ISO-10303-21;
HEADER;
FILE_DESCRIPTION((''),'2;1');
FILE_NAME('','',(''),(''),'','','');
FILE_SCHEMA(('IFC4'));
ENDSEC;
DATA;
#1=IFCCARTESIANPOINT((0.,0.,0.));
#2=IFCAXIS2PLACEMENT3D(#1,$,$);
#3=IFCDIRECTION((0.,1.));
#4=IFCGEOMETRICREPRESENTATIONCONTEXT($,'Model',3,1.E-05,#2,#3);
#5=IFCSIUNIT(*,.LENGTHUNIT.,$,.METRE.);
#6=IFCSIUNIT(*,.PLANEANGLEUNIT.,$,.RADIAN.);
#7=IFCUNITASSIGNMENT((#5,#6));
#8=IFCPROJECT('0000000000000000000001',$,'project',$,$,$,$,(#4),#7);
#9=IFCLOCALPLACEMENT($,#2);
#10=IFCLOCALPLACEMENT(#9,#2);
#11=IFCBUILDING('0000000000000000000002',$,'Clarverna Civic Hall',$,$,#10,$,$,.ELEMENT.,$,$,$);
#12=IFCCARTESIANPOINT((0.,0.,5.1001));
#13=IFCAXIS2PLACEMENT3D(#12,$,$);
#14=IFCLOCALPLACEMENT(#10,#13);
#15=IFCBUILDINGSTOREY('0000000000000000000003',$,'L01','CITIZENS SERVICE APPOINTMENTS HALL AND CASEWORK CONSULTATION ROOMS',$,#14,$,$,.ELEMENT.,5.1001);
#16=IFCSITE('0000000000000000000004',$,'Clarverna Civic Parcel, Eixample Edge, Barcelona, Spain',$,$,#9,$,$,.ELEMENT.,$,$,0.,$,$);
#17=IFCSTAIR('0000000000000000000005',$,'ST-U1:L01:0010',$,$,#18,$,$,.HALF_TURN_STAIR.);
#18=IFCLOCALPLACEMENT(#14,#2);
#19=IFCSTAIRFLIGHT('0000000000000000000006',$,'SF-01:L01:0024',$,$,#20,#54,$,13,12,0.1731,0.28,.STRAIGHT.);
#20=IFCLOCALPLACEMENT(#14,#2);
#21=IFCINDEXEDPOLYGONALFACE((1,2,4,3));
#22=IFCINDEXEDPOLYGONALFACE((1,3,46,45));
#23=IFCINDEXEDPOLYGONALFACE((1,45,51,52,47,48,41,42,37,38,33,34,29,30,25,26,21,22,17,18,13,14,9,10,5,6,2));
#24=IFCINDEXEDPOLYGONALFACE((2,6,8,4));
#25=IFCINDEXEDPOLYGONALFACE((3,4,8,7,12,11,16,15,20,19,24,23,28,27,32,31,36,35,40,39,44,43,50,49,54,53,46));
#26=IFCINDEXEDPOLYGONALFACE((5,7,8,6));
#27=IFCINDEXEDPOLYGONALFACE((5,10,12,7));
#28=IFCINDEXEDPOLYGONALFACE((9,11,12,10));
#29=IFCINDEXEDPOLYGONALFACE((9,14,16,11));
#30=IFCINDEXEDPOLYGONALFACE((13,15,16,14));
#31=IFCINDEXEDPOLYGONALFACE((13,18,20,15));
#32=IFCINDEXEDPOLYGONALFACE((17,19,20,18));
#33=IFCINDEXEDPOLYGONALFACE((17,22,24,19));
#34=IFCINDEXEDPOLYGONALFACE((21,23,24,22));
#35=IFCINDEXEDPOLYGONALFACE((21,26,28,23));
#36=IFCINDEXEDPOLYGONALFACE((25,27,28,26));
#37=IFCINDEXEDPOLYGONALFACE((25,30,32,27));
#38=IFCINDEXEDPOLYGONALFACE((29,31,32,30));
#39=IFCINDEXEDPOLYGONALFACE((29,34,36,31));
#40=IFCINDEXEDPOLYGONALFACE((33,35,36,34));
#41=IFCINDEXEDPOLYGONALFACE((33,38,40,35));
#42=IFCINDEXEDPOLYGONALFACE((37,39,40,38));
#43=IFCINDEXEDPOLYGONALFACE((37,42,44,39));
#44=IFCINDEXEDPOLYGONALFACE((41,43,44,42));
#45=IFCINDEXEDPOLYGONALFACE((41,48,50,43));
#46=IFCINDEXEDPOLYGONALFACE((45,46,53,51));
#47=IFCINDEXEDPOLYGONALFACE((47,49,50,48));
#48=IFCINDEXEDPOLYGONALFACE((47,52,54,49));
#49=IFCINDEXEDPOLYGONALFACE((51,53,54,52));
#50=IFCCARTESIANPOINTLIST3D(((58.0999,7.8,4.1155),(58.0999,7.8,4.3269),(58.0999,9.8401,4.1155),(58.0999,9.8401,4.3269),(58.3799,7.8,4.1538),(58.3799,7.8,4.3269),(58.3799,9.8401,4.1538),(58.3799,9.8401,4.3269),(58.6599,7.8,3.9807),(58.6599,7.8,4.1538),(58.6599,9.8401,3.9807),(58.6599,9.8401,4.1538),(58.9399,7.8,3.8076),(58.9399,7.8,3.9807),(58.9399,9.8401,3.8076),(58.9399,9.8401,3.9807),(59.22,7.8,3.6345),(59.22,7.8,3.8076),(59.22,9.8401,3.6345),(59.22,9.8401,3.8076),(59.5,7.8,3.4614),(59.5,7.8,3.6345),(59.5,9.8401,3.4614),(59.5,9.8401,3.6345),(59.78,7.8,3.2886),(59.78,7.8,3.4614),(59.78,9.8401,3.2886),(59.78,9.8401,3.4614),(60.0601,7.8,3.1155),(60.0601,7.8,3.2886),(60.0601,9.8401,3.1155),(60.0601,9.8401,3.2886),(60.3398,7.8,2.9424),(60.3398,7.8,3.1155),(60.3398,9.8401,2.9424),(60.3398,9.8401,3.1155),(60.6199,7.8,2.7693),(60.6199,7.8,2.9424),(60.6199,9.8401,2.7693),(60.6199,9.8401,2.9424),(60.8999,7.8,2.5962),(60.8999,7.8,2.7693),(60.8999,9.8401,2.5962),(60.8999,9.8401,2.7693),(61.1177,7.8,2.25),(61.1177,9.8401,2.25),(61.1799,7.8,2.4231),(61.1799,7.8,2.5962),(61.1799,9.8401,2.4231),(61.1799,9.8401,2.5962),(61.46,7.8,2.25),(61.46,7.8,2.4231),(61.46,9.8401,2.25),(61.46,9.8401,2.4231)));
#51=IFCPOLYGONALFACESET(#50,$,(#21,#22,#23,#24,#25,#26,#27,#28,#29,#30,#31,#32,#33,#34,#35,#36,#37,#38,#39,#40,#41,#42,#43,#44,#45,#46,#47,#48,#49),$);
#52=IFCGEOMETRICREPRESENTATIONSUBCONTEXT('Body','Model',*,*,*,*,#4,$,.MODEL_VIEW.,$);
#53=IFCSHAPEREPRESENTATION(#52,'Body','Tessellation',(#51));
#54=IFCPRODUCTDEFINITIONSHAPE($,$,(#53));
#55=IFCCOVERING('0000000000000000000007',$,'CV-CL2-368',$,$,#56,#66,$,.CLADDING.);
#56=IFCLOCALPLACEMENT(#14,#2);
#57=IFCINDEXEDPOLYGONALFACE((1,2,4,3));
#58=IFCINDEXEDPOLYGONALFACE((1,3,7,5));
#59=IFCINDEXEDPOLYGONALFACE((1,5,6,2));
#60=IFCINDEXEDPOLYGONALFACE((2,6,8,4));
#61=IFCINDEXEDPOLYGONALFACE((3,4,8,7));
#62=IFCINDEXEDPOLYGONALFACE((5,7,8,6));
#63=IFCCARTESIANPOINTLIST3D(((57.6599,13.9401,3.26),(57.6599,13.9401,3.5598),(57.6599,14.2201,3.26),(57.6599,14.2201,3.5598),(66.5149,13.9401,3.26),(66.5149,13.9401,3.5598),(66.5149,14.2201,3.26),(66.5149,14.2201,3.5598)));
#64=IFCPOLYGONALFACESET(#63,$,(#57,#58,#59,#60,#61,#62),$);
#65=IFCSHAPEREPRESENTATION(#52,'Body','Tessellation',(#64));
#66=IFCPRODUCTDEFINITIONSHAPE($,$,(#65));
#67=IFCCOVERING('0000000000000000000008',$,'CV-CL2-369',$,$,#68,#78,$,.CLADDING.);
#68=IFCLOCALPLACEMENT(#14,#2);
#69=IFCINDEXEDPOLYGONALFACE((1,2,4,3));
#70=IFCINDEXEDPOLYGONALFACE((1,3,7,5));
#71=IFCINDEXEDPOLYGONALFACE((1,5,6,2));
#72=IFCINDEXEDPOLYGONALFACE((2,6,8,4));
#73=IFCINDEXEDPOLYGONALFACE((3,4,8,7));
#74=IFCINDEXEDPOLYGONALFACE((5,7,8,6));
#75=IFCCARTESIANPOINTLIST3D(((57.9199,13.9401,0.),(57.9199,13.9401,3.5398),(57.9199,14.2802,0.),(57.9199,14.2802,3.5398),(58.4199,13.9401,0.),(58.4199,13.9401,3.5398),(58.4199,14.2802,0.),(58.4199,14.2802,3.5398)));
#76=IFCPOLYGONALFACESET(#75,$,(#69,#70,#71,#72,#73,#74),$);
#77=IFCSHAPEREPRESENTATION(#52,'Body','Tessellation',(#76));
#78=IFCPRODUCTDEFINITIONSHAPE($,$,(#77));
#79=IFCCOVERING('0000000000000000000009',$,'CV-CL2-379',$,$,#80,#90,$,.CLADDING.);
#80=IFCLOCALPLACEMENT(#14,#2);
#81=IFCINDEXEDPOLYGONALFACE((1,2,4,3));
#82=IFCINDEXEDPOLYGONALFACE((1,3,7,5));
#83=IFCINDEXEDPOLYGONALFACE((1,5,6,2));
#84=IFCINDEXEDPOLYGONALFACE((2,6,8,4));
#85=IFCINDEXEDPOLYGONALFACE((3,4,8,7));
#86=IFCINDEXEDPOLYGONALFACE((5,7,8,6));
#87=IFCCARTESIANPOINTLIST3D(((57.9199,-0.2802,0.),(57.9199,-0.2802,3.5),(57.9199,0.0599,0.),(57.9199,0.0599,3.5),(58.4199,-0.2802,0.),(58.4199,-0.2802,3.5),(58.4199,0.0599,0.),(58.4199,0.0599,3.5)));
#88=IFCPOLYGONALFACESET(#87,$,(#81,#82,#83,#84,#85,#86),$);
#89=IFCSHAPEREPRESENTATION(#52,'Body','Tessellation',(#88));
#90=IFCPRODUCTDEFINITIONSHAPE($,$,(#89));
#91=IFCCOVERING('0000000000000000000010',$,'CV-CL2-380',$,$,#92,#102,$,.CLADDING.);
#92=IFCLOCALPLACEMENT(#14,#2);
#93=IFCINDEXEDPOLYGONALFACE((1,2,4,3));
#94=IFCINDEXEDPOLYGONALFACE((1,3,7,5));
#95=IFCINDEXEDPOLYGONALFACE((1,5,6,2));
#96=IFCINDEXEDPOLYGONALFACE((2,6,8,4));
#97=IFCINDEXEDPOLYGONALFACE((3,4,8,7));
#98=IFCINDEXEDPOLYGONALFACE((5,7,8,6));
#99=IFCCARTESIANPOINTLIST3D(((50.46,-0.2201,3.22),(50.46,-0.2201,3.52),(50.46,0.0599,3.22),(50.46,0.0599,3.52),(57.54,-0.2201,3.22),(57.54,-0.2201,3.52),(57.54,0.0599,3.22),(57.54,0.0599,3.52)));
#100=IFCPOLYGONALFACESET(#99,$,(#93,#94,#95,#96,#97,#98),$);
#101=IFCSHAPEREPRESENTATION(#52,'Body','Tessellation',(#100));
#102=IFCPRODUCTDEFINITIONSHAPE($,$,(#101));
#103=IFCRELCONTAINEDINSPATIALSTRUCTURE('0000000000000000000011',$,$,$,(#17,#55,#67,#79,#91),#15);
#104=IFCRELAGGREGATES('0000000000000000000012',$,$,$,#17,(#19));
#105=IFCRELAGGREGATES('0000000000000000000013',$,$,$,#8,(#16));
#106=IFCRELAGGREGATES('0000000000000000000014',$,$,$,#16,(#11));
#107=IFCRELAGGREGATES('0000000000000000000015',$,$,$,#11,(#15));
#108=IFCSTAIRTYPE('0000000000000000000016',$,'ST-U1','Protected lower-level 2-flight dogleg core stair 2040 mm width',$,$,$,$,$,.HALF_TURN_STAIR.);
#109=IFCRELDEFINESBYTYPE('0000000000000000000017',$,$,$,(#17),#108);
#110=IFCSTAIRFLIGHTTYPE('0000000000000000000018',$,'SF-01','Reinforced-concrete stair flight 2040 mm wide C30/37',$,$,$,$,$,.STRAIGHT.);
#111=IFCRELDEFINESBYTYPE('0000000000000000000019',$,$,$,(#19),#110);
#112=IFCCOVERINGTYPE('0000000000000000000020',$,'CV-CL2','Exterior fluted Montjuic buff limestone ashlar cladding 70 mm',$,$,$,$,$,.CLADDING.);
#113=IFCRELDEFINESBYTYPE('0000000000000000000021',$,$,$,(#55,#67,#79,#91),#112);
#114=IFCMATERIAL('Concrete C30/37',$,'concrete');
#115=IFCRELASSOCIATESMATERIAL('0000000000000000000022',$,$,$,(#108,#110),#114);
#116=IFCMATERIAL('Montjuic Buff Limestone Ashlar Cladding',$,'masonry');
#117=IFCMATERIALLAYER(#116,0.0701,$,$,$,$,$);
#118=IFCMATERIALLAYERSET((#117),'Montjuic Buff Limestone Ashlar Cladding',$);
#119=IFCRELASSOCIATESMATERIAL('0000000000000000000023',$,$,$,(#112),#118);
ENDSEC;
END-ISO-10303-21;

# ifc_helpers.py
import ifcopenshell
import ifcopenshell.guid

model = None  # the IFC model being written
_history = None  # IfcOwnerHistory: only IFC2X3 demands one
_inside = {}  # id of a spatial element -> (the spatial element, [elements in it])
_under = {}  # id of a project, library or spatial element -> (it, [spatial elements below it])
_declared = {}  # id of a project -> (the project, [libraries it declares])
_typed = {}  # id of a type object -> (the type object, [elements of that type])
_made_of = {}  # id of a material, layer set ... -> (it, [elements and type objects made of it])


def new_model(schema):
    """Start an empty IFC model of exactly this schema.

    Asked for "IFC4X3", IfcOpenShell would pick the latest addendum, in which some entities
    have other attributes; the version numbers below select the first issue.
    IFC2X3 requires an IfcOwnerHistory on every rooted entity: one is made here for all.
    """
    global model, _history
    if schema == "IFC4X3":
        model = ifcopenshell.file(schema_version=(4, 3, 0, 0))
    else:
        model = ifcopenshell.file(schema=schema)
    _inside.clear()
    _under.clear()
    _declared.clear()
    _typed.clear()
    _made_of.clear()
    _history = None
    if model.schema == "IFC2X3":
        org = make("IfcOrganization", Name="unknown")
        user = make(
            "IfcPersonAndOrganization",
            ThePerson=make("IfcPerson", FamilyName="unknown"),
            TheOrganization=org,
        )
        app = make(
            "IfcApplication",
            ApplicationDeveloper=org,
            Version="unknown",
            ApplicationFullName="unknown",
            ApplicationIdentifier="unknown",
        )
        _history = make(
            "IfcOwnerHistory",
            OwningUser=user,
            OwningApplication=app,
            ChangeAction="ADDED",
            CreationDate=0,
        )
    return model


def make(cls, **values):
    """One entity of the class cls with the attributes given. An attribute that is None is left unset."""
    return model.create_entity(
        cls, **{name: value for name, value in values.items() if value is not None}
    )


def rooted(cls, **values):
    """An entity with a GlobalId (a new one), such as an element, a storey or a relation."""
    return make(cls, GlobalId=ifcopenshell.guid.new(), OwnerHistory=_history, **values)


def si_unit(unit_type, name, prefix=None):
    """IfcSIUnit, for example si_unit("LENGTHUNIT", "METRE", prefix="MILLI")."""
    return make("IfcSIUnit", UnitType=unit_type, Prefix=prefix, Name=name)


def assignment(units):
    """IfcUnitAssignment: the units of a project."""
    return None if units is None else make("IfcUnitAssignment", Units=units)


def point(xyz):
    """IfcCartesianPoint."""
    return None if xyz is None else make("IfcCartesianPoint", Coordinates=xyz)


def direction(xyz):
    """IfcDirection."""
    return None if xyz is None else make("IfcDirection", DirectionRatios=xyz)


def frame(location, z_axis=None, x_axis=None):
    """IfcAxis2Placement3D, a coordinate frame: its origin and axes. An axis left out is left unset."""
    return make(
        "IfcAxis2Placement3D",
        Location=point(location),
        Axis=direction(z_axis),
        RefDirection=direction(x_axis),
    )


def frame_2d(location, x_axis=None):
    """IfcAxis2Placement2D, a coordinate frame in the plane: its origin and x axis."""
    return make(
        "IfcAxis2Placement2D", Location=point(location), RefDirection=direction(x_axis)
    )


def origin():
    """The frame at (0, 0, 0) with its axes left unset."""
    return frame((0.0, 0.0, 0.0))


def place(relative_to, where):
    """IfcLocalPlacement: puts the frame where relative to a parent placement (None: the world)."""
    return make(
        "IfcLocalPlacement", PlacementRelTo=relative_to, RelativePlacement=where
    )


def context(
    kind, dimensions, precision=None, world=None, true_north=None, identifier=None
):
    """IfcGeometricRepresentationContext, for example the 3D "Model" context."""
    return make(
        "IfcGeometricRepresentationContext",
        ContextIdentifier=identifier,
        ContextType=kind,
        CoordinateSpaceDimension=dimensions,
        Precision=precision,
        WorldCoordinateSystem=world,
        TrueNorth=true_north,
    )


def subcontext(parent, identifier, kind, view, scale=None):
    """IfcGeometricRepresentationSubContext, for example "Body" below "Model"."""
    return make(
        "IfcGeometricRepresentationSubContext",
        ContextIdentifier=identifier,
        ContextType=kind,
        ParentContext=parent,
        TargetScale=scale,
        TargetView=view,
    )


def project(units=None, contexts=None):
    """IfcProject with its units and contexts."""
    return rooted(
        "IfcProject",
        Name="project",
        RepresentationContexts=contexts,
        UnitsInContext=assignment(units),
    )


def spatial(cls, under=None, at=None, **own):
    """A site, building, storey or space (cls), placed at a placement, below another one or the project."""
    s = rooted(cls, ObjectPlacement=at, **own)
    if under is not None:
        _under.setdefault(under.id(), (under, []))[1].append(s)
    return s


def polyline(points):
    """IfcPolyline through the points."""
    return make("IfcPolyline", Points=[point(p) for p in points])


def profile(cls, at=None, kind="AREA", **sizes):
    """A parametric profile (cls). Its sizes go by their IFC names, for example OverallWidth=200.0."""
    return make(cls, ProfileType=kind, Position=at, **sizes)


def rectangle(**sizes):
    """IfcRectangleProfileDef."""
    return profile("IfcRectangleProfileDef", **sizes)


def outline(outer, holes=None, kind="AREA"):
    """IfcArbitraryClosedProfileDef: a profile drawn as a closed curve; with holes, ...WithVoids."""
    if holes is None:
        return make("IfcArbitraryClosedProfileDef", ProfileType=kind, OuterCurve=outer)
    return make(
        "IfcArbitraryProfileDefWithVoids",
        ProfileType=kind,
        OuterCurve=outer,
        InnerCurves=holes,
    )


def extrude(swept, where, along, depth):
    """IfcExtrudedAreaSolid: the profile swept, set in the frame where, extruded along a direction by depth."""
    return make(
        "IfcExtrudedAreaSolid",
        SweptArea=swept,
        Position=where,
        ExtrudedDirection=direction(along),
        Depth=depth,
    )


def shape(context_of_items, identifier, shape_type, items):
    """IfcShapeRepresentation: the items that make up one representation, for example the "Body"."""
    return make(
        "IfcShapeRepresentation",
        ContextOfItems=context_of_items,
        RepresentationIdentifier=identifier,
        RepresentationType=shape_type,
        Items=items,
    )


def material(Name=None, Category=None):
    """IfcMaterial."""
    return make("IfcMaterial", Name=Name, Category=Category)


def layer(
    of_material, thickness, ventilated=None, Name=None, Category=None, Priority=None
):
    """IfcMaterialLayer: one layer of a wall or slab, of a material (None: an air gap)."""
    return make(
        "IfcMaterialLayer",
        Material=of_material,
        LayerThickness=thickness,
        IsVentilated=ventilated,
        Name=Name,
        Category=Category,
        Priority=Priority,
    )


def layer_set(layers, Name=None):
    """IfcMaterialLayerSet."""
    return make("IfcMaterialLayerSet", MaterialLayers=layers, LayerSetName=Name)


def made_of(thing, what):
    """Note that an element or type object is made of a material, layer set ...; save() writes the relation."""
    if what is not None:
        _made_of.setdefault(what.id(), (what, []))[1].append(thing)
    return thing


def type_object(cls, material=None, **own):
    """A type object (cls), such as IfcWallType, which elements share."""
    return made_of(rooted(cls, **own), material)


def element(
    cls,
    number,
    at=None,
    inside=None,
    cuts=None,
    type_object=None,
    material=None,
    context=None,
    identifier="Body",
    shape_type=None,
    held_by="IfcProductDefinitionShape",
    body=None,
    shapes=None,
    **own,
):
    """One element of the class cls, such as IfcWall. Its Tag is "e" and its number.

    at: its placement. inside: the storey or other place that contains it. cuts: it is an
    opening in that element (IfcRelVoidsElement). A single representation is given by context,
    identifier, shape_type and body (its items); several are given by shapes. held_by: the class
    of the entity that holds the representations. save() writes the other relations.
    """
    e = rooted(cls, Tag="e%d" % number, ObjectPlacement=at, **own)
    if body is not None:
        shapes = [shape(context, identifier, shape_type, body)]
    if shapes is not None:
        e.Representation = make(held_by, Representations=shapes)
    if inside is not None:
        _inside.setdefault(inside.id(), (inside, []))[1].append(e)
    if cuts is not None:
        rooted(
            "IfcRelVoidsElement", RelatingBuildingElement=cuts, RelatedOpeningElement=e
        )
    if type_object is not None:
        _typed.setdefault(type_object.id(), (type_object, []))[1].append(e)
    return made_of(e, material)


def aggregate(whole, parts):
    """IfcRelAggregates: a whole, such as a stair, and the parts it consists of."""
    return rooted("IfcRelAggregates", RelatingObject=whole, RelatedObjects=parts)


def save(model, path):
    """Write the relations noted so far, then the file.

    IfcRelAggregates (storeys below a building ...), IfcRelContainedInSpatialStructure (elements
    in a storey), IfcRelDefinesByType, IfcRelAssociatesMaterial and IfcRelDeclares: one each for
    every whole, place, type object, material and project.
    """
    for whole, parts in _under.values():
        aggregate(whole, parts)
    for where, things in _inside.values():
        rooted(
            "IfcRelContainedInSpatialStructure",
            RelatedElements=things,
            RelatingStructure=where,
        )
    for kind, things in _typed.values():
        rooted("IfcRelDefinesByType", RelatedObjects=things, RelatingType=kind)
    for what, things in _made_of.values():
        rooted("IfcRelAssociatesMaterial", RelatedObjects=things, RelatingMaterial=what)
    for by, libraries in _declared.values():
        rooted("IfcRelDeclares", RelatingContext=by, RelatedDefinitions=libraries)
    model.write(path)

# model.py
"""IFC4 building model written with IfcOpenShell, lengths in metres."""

from ifc_helpers import new_model, si_unit, direction, frame, frame_2d, origin, place, context, subcontext, project, spatial, polyline, rectangle, outline, extrude, material, layer, layer_set, type_object, element, aggregate, save


model = new_model("IFC4")

# Units and contexts
model_context = context("Model", 3, precision=1e-05, world=origin(), true_north=direction((0.0, 1.0)))
body_context = subcontext(model_context, "Body", "Model", "MODEL_VIEW")
ifc_project = project(units=[si_unit("LENGTHUNIT", "METRE"), si_unit("PLANEANGLEUNIT", "RADIAN")], contexts=[model_context])

# Site, building, storey
site_placement = place(None, origin())
site = spatial("IfcSite", under=ifc_project, at=site_placement, Name="Clarverna Civic Parcel, Eixample Edge, Barcelona, Spain", CompositionType="ELEMENT", RefElevation=0.0)
building_placement = place(site_placement, origin())
building = spatial("IfcBuilding", under=site, at=building_placement, Name="Clarverna Civic Hall", CompositionType="ELEMENT")
storey_placement = place(building_placement, frame((0.0, 0.0, 5.1001)))
storey = spatial("IfcBuildingStorey", under=building, at=storey_placement, Name="L01", Description="CITIZENS SERVICE APPOINTMENTS HALL AND CASEWORK CONSULTATION ROOMS", CompositionType="ELEMENT", Elevation=5.1001)

# Stair, stair flight
ifc_material_1 = material(Name="Concrete C30/37", Category="concrete")
stair_type = type_object("IfcStairType", Name="ST-U1", Description="Protected lower-level 2-flight dogleg core stair 2040 mm width", PredefinedType="HALF_TURN_STAIR", material=ifc_material_1)
stair_placement = place(storey_placement, origin())
stair = element("IfcStair", 1, at=stair_placement, inside=storey, type_object=stair_type, Name="ST-U1:L01:0010", PredefinedType="HALF_TURN_STAIR")
stair_flight_type = type_object("IfcStairFlightType", Name="SF-01", Description="Reinforced-concrete stair flight 2040 mm wide C30/37", PredefinedType="STRAIGHT", material=ifc_material_1)
stair_flight_1_placement = place(storey_placement, frame((61.46, 8.8201, 2.25), z_axis=(0.0, 0.0, 1.0), x_axis=(-1.0, 0.0, 0.0)))
stair_flight_1 = element("IfcStairFlight", 2, at=stair_flight_1_placement, type_object=stair_flight_type, Name="SF-01:L01:0024", NumberOfRisers=13, NumberOfTreads=12, PredefinedType="STRAIGHT", RiserHeight=0.1731, TreadLength=0.28, context=body_context, shape_type="SweptSolid", body=[
    extrude(outline(polyline([(0.0, 0.0), (0.0, 0.1731), (0.28, 0.1731), (0.28, 0.3462), (0.5601, 0.3462), (0.5601, 0.5193), (0.8401, 0.5193), (0.8401, 0.6924), (1.1201, 0.6924), (1.1201, 0.8655), (1.3999, 0.8655), (1.3999, 1.0386), (1.6799, 1.0386), (1.6799, 1.2114), (1.96, 1.2114), (1.96, 1.3845), (2.24, 1.3845), (2.24, 1.5576), (2.52, 1.5576), (2.52, 1.7307), (2.8, 1.7307), (2.8, 1.9038), (3.0801, 1.9038), (3.0801, 2.0769), (3.3601, 2.0769), (3.3601, 2.25), (3.3601, 1.8655), (0.3423, 0.0), (0.0, 0.0)])), frame((0.0, 1.02, 0.0), z_axis=(0.0, -1.0, 0.0), x_axis=(1.0, 0.0, 0.0)), (0.0, 0.0, 1.0), 2.04),
])
aggregate(stair, [stair_flight_1])

# Coverings
ifc_material_2 = material(Name="Montjuic Buff Limestone Ashlar Cladding", Category="masonry")
ifc_layer_1 = layer(ifc_material_2, 0.0701)
ifc_layer_set_1 = layer_set([ifc_layer_1], Name="Montjuic Buff Limestone Ashlar Cladding")
covering_type = type_object("IfcCoveringType", Name="CV-CL2", Description="Exterior fluted Montjuic buff limestone ashlar cladding 70 mm", PredefinedType="CLADDING", material=ifc_layer_set_1)
covering_1_placement = place(storey_placement, frame((57.6599, 14.0801, 3.26), z_axis=(0.0, 0.0, 1.0), x_axis=(1.0, 0.0, 0.0)))
element("IfcCovering", 3, at=covering_1_placement, inside=storey, type_object=covering_type, Name="CV-CL2-368", PredefinedType="CLADDING", context=body_context, shape_type="SweptSolid", body=[
    extrude(rectangle(XDim=8.855, YDim=0.28, at=frame_2d((4.4275, 0.0))), origin(), (0.0, 0.0, 1.0), 0.2998),
])
covering_2_placement = place(storey_placement, frame((57.9199, 14.1101, 0.0), z_axis=(0.0, 0.0, 1.0), x_axis=(1.0, 0.0, 0.0)))
element("IfcCovering", 4, at=covering_2_placement, inside=storey, type_object=covering_type, Name="CV-CL2-369", PredefinedType="CLADDING", context=body_context, shape_type="SweptSolid", body=[
    extrude(rectangle(XDim=0.5, YDim=0.3401, at=frame_2d((0.25, 0.0))), origin(), (0.0, 0.0, 1.0), 3.5398),
])
covering_3_placement = place(storey_placement, frame((58.4199, -0.1101, 0.0), z_axis=(0.0, 0.0, 1.0), x_axis=(-1.0, 0.0, 0.0)))
element("IfcCovering", 5, at=covering_3_placement, inside=storey, type_object=covering_type, Name="CV-CL2-379", PredefinedType="CLADDING", context=body_context, shape_type="SweptSolid", body=[
    extrude(rectangle(XDim=0.5, YDim=0.3401, at=frame_2d((0.25, 0.0))), origin(), (0.0, 0.0, 1.0), 3.5),
])
covering_4_placement = place(storey_placement, frame((57.54, -0.0801, 3.22), z_axis=(0.0, 0.0, 1.0), x_axis=(-1.0, 0.0, 0.0)))
element("IfcCovering", 6, at=covering_4_placement, inside=storey, type_object=covering_type, Name="CV-CL2-380", PredefinedType="CLADDING", context=body_context, shape_type="SweptSolid", body=[
    extrude(rectangle(XDim=7.0801, YDim=0.28, at=frame_2d((3.54, 0.0))), origin(), (0.0, 0.0, 1.0), 0.3),
])

save(model, "model.ifc")
